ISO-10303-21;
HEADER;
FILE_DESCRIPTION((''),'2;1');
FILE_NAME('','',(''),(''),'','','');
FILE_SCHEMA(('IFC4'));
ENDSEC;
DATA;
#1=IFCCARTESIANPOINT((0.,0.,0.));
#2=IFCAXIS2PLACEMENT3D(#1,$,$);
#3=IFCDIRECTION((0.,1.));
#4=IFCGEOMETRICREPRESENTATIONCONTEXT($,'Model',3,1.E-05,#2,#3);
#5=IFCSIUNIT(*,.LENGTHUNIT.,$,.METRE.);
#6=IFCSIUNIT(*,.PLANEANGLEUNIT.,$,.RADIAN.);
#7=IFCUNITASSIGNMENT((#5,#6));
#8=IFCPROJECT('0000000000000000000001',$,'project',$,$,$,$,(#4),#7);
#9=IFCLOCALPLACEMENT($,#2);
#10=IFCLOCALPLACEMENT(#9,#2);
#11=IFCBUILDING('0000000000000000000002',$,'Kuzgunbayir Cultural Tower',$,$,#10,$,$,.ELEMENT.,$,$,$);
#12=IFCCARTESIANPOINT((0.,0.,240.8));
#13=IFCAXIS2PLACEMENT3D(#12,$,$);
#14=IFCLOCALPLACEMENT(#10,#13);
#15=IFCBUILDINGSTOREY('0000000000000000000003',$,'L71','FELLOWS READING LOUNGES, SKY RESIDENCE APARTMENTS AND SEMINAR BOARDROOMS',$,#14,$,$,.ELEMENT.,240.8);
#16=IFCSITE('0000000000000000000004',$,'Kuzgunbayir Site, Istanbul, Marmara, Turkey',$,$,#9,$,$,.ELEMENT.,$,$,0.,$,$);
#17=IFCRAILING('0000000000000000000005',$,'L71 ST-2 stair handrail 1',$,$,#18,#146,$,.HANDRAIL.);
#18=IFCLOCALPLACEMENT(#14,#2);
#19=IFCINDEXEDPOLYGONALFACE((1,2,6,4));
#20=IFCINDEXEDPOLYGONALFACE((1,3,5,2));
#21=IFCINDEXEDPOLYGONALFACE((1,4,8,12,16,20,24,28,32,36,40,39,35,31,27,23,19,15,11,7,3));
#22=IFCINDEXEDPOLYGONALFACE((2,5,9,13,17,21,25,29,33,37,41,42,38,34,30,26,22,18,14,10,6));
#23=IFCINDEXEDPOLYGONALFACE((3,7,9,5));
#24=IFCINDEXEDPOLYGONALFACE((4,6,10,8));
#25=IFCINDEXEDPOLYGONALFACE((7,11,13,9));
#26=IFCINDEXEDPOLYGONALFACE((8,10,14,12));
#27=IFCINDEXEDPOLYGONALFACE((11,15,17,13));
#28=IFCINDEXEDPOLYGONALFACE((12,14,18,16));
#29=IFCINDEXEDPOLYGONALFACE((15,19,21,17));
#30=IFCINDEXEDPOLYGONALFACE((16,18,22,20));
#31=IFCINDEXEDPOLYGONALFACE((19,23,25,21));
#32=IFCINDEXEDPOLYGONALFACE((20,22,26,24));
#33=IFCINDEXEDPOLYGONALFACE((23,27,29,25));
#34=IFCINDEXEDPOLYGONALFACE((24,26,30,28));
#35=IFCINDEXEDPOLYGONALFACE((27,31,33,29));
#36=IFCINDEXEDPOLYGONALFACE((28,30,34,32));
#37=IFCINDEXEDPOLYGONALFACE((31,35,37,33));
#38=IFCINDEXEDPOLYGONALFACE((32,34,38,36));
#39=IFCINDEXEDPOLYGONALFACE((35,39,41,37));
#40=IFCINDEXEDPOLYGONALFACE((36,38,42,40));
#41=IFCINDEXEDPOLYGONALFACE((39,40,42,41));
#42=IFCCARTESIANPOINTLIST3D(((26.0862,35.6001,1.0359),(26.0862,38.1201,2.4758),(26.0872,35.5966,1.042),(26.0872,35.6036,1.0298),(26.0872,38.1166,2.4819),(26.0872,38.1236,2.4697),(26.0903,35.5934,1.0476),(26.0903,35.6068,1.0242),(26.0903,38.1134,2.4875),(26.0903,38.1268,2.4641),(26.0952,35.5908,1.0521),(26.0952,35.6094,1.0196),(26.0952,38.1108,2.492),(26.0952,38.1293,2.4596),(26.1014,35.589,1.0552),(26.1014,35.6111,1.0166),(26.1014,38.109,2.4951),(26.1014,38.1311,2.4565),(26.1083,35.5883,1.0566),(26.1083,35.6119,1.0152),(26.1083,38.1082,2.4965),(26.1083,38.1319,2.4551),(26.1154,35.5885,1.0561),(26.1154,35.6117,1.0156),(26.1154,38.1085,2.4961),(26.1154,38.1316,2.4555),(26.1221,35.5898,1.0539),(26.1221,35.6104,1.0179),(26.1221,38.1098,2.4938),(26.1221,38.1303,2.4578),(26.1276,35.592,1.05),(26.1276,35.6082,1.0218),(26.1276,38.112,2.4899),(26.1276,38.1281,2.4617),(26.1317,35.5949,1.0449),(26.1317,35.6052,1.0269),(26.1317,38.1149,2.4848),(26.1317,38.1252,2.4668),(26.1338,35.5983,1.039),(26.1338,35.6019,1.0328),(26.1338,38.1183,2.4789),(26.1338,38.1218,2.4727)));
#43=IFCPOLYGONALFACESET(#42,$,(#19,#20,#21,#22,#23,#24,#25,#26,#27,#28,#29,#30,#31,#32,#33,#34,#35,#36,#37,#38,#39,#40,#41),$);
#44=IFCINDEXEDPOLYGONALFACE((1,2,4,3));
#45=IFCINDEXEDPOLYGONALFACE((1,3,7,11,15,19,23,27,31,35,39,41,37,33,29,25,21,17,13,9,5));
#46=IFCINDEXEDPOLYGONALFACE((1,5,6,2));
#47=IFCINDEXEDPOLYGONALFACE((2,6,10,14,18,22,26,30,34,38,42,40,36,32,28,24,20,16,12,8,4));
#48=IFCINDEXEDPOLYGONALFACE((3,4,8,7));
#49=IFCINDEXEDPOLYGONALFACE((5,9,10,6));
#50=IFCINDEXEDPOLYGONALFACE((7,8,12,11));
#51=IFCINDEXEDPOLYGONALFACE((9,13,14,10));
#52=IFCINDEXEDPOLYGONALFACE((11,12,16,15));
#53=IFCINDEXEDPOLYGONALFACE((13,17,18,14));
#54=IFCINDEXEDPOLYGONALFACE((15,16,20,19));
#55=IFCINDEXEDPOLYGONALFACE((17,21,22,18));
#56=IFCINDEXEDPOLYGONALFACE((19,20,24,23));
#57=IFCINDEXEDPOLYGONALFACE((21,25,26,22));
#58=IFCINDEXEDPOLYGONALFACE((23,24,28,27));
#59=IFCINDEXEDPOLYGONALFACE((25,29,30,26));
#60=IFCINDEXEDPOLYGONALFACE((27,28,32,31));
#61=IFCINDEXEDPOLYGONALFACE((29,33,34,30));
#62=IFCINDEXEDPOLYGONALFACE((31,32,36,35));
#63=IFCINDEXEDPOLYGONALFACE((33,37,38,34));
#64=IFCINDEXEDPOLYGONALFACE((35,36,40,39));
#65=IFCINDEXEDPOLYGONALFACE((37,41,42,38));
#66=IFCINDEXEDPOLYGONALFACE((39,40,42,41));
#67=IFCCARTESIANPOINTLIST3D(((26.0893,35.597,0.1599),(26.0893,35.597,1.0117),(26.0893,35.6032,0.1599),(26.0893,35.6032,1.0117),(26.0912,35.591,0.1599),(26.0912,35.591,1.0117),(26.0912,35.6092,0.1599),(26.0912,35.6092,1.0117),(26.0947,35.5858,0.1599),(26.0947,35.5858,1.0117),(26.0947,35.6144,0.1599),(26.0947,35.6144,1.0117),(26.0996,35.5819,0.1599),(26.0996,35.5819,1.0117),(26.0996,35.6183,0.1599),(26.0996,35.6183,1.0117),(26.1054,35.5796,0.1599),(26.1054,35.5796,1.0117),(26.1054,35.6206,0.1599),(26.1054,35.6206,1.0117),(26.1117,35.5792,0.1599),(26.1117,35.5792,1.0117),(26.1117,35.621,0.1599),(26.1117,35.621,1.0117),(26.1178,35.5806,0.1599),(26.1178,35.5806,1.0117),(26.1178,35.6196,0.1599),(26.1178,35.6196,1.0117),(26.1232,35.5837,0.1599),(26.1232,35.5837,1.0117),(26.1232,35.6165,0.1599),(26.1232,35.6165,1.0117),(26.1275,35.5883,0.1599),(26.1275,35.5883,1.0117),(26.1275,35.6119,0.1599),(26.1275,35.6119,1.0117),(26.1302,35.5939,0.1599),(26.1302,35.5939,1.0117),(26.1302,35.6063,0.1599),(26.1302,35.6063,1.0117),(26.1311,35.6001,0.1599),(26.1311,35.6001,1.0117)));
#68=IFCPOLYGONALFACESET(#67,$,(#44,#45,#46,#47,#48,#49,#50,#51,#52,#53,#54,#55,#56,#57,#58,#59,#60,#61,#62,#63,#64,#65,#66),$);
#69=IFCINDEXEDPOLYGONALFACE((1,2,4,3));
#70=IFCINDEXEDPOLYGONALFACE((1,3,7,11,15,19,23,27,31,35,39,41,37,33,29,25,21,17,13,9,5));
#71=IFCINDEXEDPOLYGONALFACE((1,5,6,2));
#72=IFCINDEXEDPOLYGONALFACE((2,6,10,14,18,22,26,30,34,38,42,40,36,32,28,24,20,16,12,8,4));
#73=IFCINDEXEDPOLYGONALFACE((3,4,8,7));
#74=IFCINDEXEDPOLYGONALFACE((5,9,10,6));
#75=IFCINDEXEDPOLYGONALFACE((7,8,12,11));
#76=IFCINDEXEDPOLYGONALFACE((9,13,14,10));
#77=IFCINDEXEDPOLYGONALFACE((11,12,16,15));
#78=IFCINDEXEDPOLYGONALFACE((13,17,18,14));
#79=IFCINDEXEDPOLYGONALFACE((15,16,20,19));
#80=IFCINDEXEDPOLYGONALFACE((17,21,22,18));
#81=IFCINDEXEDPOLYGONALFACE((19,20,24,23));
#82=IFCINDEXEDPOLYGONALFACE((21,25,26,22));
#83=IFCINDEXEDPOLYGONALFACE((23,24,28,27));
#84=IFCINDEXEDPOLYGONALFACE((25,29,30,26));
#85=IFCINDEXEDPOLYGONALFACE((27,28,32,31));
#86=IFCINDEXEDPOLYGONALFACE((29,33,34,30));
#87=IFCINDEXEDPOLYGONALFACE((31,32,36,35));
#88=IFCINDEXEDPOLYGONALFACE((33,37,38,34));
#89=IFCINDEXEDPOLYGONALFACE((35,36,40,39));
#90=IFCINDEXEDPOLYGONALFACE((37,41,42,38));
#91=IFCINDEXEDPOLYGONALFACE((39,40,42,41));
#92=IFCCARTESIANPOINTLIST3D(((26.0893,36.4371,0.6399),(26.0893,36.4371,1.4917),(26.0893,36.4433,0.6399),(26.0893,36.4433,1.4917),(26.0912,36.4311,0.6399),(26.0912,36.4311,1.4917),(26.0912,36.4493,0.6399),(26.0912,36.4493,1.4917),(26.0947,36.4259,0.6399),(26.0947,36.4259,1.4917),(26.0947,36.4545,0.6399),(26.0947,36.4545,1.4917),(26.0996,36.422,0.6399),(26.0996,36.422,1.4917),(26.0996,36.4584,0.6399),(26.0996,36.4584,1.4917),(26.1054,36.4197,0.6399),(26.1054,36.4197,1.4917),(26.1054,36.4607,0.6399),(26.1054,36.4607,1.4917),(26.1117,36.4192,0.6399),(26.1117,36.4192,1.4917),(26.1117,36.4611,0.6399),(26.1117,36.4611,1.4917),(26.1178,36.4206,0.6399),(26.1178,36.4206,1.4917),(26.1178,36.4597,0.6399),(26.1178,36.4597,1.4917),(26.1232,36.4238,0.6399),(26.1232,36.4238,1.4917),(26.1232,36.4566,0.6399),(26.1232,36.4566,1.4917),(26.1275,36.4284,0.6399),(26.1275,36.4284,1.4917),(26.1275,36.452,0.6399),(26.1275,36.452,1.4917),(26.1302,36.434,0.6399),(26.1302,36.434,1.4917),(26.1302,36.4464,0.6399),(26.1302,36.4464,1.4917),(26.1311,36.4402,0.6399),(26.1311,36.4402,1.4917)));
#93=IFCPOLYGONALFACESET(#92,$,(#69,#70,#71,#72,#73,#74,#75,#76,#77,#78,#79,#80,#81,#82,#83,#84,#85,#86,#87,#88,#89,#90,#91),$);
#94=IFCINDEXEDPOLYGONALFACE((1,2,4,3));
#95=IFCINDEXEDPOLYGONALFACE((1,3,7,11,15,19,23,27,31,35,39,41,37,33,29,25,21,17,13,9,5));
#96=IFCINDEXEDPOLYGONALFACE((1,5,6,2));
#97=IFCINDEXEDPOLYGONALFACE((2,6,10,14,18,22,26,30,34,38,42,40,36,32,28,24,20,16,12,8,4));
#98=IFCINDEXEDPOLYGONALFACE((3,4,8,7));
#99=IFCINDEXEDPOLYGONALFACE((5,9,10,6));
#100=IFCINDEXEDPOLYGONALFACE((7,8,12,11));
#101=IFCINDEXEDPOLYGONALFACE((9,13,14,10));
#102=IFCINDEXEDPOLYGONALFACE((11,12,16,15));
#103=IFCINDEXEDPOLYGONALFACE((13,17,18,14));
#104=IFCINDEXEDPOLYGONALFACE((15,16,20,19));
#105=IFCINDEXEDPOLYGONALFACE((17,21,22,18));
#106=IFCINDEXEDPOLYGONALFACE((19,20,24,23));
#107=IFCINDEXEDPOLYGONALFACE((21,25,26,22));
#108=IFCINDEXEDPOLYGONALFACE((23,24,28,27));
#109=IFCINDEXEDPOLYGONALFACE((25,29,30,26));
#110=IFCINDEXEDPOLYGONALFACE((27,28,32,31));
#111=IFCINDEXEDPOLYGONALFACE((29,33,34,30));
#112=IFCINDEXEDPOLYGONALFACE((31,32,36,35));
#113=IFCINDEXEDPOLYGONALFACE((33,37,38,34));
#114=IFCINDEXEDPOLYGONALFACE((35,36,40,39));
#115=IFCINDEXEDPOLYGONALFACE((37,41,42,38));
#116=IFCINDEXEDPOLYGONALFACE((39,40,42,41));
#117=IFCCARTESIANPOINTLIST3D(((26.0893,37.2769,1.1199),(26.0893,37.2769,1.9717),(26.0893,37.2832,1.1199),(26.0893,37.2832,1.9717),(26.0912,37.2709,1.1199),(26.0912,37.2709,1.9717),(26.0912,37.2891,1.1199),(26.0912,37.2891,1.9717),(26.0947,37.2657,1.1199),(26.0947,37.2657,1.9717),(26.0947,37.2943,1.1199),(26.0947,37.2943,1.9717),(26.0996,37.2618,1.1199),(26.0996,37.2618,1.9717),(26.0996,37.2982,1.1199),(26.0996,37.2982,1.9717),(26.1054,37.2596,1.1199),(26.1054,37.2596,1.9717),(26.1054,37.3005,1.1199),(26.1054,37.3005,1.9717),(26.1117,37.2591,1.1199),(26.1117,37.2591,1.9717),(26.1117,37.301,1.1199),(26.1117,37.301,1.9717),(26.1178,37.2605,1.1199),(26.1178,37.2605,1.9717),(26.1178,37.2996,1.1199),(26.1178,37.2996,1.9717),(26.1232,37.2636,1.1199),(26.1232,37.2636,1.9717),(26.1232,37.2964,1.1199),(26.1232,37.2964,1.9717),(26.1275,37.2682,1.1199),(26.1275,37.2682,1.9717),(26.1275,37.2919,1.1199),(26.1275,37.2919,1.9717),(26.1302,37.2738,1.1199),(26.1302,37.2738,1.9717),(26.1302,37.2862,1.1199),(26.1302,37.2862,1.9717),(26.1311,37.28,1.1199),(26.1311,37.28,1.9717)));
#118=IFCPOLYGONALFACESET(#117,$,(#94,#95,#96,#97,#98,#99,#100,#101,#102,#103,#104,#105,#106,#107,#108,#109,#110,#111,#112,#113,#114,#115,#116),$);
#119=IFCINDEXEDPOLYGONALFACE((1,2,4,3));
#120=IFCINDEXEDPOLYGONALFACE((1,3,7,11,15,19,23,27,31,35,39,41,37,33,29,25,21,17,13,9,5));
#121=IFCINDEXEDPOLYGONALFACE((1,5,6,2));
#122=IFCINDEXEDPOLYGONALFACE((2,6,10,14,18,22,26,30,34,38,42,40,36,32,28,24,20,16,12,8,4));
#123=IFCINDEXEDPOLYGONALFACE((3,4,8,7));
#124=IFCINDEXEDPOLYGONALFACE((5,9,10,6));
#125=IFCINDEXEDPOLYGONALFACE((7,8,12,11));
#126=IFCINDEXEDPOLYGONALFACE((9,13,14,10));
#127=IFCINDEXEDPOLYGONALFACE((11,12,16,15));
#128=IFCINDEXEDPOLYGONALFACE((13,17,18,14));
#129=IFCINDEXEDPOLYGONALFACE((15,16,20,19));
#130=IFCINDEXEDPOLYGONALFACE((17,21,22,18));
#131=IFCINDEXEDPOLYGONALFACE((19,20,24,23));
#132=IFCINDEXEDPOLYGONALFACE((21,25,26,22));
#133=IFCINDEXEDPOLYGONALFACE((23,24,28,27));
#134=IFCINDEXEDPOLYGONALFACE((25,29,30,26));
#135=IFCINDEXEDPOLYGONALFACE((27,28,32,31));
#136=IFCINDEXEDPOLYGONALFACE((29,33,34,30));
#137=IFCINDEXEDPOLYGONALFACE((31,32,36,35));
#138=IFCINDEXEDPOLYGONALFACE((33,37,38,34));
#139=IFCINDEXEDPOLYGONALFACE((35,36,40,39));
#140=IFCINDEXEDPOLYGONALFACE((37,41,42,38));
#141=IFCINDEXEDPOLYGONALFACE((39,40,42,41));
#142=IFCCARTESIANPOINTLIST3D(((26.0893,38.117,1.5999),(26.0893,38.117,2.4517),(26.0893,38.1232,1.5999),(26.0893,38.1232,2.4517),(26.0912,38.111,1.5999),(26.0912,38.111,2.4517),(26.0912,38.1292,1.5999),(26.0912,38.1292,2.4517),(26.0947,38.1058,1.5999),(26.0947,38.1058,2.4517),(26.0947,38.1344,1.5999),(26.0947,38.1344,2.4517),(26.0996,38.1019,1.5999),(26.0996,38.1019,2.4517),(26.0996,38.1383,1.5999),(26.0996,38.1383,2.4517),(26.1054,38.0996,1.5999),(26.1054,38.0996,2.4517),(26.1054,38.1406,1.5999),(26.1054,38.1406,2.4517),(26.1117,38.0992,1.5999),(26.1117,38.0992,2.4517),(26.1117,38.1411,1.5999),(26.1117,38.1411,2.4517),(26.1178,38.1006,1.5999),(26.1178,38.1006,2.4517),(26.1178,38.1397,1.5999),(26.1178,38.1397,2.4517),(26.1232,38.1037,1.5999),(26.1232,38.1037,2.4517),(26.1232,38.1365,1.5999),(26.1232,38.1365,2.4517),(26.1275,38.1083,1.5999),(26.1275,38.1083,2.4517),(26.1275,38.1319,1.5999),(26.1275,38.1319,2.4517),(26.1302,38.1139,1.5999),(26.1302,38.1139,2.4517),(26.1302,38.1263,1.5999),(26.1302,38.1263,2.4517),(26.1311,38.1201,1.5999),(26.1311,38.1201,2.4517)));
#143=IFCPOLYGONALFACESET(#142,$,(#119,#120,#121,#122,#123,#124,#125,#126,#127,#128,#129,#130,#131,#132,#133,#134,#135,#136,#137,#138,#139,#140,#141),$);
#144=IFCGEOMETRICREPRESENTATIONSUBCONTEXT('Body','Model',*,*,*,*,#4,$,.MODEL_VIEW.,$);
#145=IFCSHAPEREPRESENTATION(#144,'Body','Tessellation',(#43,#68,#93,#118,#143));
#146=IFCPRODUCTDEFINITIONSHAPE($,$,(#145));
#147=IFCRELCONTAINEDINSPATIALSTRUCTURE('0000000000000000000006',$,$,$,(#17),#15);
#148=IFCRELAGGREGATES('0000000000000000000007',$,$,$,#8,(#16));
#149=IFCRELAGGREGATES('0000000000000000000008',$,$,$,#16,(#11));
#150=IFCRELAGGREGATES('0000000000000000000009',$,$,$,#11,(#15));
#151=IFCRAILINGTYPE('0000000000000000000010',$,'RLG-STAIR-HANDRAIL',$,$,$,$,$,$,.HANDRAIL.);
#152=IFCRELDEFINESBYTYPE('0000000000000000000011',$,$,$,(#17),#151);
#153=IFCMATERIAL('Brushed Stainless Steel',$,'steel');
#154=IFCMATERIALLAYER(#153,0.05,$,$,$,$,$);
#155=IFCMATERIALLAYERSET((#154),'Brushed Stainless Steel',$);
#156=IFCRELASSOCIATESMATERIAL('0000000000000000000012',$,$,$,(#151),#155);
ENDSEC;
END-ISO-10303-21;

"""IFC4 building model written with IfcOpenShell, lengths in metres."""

from ifc_helpers import new_model, si_unit, direction, frame, origin, origin_2d, place, context, subcontext, project, spatial, circle, extrude, material, layer, layer_set, type_object, element, save


model = new_model("IFC4")

# Units and contexts
model_context = context("Model", 3, precision=1e-05, world=origin(), true_north=direction((0.0, 1.0)))
body_context = subcontext(model_context, "Body", "Model", "MODEL_VIEW")
ifc_project = project(units=[si_unit("LENGTHUNIT", "METRE"), si_unit("PLANEANGLEUNIT", "RADIAN")], contexts=[model_context])

# Site, building, storey
site_placement = place(None, origin())
site = spatial("IfcSite", under=ifc_project, at=site_placement, Name="Kuzgunbayir Site, Istanbul, Marmara, Turkey", CompositionType="ELEMENT", RefElevation=0.0)
building_placement = place(site_placement, origin())
building = spatial("IfcBuilding", under=site, at=building_placement, Name="Kuzgunbayir Cultural Tower", CompositionType="ELEMENT")
storey_placement = place(building_placement, frame((0.0, 0.0, 240.8)))
storey = spatial("IfcBuildingStorey", under=building, at=storey_placement, Name="L71", Description="FELLOWS READING LOUNGES, SKY RESIDENCE APARTMENTS AND SEMINAR BOARDROOMS", CompositionType="ELEMENT", Elevation=240.8)

# Railing
ifc_material_1 = material(Name="Brushed Stainless Steel", Category="steel")
ifc_layer_1 = layer(ifc_material_1, 0.05)
ifc_layer_set_1 = layer_set([ifc_layer_1], Name="Brushed Stainless Steel")
railing_type_1 = type_object("IfcRailingType", Name="RLG-STAIR-HANDRAIL", PredefinedType="HANDRAIL", material=ifc_layer_set_1)
railing_1_placement = place(storey_placement, frame((26.1101, 35.6001, 0.1599)))
element("IfcRailing", 1, at=railing_1_placement, inside=storey, type_object=railing_type_1, Name="L71 ST-2 stair handrail 1", PredefinedType="HANDRAIL", context=body_context, shape_type="SweptSolid", body=[
    extrude(circle(Radius=0.0239, at=origin_2d()), frame((0.0, 0.0, 0.876), z_axis=(0.0, 0.868253, 0.496121), x_axis=(-1.0, 0.0, 0.0)), (0.0, 0.0, 1.0), 2.9023),
    extrude(circle(Radius=0.021, at=origin_2d()), origin(), (0.0, 0.0, 1.0), 0.8518),
    extrude(circle(Radius=0.021, at=origin_2d()), frame((0.0, 0.8401, 0.48)), (0.0, 0.0, 1.0), 0.8518),
    extrude(circle(Radius=0.021, at=origin_2d()), frame((0.0, 1.6799, 0.96)), (0.0, 0.0, 1.0), 0.8518),
    extrude(circle(Radius=0.021, at=origin_2d()), frame((0.0, 2.52, 1.4399)), (0.0, 0.0, 1.0), 0.8518),
])

save(model, "model.ifc")
